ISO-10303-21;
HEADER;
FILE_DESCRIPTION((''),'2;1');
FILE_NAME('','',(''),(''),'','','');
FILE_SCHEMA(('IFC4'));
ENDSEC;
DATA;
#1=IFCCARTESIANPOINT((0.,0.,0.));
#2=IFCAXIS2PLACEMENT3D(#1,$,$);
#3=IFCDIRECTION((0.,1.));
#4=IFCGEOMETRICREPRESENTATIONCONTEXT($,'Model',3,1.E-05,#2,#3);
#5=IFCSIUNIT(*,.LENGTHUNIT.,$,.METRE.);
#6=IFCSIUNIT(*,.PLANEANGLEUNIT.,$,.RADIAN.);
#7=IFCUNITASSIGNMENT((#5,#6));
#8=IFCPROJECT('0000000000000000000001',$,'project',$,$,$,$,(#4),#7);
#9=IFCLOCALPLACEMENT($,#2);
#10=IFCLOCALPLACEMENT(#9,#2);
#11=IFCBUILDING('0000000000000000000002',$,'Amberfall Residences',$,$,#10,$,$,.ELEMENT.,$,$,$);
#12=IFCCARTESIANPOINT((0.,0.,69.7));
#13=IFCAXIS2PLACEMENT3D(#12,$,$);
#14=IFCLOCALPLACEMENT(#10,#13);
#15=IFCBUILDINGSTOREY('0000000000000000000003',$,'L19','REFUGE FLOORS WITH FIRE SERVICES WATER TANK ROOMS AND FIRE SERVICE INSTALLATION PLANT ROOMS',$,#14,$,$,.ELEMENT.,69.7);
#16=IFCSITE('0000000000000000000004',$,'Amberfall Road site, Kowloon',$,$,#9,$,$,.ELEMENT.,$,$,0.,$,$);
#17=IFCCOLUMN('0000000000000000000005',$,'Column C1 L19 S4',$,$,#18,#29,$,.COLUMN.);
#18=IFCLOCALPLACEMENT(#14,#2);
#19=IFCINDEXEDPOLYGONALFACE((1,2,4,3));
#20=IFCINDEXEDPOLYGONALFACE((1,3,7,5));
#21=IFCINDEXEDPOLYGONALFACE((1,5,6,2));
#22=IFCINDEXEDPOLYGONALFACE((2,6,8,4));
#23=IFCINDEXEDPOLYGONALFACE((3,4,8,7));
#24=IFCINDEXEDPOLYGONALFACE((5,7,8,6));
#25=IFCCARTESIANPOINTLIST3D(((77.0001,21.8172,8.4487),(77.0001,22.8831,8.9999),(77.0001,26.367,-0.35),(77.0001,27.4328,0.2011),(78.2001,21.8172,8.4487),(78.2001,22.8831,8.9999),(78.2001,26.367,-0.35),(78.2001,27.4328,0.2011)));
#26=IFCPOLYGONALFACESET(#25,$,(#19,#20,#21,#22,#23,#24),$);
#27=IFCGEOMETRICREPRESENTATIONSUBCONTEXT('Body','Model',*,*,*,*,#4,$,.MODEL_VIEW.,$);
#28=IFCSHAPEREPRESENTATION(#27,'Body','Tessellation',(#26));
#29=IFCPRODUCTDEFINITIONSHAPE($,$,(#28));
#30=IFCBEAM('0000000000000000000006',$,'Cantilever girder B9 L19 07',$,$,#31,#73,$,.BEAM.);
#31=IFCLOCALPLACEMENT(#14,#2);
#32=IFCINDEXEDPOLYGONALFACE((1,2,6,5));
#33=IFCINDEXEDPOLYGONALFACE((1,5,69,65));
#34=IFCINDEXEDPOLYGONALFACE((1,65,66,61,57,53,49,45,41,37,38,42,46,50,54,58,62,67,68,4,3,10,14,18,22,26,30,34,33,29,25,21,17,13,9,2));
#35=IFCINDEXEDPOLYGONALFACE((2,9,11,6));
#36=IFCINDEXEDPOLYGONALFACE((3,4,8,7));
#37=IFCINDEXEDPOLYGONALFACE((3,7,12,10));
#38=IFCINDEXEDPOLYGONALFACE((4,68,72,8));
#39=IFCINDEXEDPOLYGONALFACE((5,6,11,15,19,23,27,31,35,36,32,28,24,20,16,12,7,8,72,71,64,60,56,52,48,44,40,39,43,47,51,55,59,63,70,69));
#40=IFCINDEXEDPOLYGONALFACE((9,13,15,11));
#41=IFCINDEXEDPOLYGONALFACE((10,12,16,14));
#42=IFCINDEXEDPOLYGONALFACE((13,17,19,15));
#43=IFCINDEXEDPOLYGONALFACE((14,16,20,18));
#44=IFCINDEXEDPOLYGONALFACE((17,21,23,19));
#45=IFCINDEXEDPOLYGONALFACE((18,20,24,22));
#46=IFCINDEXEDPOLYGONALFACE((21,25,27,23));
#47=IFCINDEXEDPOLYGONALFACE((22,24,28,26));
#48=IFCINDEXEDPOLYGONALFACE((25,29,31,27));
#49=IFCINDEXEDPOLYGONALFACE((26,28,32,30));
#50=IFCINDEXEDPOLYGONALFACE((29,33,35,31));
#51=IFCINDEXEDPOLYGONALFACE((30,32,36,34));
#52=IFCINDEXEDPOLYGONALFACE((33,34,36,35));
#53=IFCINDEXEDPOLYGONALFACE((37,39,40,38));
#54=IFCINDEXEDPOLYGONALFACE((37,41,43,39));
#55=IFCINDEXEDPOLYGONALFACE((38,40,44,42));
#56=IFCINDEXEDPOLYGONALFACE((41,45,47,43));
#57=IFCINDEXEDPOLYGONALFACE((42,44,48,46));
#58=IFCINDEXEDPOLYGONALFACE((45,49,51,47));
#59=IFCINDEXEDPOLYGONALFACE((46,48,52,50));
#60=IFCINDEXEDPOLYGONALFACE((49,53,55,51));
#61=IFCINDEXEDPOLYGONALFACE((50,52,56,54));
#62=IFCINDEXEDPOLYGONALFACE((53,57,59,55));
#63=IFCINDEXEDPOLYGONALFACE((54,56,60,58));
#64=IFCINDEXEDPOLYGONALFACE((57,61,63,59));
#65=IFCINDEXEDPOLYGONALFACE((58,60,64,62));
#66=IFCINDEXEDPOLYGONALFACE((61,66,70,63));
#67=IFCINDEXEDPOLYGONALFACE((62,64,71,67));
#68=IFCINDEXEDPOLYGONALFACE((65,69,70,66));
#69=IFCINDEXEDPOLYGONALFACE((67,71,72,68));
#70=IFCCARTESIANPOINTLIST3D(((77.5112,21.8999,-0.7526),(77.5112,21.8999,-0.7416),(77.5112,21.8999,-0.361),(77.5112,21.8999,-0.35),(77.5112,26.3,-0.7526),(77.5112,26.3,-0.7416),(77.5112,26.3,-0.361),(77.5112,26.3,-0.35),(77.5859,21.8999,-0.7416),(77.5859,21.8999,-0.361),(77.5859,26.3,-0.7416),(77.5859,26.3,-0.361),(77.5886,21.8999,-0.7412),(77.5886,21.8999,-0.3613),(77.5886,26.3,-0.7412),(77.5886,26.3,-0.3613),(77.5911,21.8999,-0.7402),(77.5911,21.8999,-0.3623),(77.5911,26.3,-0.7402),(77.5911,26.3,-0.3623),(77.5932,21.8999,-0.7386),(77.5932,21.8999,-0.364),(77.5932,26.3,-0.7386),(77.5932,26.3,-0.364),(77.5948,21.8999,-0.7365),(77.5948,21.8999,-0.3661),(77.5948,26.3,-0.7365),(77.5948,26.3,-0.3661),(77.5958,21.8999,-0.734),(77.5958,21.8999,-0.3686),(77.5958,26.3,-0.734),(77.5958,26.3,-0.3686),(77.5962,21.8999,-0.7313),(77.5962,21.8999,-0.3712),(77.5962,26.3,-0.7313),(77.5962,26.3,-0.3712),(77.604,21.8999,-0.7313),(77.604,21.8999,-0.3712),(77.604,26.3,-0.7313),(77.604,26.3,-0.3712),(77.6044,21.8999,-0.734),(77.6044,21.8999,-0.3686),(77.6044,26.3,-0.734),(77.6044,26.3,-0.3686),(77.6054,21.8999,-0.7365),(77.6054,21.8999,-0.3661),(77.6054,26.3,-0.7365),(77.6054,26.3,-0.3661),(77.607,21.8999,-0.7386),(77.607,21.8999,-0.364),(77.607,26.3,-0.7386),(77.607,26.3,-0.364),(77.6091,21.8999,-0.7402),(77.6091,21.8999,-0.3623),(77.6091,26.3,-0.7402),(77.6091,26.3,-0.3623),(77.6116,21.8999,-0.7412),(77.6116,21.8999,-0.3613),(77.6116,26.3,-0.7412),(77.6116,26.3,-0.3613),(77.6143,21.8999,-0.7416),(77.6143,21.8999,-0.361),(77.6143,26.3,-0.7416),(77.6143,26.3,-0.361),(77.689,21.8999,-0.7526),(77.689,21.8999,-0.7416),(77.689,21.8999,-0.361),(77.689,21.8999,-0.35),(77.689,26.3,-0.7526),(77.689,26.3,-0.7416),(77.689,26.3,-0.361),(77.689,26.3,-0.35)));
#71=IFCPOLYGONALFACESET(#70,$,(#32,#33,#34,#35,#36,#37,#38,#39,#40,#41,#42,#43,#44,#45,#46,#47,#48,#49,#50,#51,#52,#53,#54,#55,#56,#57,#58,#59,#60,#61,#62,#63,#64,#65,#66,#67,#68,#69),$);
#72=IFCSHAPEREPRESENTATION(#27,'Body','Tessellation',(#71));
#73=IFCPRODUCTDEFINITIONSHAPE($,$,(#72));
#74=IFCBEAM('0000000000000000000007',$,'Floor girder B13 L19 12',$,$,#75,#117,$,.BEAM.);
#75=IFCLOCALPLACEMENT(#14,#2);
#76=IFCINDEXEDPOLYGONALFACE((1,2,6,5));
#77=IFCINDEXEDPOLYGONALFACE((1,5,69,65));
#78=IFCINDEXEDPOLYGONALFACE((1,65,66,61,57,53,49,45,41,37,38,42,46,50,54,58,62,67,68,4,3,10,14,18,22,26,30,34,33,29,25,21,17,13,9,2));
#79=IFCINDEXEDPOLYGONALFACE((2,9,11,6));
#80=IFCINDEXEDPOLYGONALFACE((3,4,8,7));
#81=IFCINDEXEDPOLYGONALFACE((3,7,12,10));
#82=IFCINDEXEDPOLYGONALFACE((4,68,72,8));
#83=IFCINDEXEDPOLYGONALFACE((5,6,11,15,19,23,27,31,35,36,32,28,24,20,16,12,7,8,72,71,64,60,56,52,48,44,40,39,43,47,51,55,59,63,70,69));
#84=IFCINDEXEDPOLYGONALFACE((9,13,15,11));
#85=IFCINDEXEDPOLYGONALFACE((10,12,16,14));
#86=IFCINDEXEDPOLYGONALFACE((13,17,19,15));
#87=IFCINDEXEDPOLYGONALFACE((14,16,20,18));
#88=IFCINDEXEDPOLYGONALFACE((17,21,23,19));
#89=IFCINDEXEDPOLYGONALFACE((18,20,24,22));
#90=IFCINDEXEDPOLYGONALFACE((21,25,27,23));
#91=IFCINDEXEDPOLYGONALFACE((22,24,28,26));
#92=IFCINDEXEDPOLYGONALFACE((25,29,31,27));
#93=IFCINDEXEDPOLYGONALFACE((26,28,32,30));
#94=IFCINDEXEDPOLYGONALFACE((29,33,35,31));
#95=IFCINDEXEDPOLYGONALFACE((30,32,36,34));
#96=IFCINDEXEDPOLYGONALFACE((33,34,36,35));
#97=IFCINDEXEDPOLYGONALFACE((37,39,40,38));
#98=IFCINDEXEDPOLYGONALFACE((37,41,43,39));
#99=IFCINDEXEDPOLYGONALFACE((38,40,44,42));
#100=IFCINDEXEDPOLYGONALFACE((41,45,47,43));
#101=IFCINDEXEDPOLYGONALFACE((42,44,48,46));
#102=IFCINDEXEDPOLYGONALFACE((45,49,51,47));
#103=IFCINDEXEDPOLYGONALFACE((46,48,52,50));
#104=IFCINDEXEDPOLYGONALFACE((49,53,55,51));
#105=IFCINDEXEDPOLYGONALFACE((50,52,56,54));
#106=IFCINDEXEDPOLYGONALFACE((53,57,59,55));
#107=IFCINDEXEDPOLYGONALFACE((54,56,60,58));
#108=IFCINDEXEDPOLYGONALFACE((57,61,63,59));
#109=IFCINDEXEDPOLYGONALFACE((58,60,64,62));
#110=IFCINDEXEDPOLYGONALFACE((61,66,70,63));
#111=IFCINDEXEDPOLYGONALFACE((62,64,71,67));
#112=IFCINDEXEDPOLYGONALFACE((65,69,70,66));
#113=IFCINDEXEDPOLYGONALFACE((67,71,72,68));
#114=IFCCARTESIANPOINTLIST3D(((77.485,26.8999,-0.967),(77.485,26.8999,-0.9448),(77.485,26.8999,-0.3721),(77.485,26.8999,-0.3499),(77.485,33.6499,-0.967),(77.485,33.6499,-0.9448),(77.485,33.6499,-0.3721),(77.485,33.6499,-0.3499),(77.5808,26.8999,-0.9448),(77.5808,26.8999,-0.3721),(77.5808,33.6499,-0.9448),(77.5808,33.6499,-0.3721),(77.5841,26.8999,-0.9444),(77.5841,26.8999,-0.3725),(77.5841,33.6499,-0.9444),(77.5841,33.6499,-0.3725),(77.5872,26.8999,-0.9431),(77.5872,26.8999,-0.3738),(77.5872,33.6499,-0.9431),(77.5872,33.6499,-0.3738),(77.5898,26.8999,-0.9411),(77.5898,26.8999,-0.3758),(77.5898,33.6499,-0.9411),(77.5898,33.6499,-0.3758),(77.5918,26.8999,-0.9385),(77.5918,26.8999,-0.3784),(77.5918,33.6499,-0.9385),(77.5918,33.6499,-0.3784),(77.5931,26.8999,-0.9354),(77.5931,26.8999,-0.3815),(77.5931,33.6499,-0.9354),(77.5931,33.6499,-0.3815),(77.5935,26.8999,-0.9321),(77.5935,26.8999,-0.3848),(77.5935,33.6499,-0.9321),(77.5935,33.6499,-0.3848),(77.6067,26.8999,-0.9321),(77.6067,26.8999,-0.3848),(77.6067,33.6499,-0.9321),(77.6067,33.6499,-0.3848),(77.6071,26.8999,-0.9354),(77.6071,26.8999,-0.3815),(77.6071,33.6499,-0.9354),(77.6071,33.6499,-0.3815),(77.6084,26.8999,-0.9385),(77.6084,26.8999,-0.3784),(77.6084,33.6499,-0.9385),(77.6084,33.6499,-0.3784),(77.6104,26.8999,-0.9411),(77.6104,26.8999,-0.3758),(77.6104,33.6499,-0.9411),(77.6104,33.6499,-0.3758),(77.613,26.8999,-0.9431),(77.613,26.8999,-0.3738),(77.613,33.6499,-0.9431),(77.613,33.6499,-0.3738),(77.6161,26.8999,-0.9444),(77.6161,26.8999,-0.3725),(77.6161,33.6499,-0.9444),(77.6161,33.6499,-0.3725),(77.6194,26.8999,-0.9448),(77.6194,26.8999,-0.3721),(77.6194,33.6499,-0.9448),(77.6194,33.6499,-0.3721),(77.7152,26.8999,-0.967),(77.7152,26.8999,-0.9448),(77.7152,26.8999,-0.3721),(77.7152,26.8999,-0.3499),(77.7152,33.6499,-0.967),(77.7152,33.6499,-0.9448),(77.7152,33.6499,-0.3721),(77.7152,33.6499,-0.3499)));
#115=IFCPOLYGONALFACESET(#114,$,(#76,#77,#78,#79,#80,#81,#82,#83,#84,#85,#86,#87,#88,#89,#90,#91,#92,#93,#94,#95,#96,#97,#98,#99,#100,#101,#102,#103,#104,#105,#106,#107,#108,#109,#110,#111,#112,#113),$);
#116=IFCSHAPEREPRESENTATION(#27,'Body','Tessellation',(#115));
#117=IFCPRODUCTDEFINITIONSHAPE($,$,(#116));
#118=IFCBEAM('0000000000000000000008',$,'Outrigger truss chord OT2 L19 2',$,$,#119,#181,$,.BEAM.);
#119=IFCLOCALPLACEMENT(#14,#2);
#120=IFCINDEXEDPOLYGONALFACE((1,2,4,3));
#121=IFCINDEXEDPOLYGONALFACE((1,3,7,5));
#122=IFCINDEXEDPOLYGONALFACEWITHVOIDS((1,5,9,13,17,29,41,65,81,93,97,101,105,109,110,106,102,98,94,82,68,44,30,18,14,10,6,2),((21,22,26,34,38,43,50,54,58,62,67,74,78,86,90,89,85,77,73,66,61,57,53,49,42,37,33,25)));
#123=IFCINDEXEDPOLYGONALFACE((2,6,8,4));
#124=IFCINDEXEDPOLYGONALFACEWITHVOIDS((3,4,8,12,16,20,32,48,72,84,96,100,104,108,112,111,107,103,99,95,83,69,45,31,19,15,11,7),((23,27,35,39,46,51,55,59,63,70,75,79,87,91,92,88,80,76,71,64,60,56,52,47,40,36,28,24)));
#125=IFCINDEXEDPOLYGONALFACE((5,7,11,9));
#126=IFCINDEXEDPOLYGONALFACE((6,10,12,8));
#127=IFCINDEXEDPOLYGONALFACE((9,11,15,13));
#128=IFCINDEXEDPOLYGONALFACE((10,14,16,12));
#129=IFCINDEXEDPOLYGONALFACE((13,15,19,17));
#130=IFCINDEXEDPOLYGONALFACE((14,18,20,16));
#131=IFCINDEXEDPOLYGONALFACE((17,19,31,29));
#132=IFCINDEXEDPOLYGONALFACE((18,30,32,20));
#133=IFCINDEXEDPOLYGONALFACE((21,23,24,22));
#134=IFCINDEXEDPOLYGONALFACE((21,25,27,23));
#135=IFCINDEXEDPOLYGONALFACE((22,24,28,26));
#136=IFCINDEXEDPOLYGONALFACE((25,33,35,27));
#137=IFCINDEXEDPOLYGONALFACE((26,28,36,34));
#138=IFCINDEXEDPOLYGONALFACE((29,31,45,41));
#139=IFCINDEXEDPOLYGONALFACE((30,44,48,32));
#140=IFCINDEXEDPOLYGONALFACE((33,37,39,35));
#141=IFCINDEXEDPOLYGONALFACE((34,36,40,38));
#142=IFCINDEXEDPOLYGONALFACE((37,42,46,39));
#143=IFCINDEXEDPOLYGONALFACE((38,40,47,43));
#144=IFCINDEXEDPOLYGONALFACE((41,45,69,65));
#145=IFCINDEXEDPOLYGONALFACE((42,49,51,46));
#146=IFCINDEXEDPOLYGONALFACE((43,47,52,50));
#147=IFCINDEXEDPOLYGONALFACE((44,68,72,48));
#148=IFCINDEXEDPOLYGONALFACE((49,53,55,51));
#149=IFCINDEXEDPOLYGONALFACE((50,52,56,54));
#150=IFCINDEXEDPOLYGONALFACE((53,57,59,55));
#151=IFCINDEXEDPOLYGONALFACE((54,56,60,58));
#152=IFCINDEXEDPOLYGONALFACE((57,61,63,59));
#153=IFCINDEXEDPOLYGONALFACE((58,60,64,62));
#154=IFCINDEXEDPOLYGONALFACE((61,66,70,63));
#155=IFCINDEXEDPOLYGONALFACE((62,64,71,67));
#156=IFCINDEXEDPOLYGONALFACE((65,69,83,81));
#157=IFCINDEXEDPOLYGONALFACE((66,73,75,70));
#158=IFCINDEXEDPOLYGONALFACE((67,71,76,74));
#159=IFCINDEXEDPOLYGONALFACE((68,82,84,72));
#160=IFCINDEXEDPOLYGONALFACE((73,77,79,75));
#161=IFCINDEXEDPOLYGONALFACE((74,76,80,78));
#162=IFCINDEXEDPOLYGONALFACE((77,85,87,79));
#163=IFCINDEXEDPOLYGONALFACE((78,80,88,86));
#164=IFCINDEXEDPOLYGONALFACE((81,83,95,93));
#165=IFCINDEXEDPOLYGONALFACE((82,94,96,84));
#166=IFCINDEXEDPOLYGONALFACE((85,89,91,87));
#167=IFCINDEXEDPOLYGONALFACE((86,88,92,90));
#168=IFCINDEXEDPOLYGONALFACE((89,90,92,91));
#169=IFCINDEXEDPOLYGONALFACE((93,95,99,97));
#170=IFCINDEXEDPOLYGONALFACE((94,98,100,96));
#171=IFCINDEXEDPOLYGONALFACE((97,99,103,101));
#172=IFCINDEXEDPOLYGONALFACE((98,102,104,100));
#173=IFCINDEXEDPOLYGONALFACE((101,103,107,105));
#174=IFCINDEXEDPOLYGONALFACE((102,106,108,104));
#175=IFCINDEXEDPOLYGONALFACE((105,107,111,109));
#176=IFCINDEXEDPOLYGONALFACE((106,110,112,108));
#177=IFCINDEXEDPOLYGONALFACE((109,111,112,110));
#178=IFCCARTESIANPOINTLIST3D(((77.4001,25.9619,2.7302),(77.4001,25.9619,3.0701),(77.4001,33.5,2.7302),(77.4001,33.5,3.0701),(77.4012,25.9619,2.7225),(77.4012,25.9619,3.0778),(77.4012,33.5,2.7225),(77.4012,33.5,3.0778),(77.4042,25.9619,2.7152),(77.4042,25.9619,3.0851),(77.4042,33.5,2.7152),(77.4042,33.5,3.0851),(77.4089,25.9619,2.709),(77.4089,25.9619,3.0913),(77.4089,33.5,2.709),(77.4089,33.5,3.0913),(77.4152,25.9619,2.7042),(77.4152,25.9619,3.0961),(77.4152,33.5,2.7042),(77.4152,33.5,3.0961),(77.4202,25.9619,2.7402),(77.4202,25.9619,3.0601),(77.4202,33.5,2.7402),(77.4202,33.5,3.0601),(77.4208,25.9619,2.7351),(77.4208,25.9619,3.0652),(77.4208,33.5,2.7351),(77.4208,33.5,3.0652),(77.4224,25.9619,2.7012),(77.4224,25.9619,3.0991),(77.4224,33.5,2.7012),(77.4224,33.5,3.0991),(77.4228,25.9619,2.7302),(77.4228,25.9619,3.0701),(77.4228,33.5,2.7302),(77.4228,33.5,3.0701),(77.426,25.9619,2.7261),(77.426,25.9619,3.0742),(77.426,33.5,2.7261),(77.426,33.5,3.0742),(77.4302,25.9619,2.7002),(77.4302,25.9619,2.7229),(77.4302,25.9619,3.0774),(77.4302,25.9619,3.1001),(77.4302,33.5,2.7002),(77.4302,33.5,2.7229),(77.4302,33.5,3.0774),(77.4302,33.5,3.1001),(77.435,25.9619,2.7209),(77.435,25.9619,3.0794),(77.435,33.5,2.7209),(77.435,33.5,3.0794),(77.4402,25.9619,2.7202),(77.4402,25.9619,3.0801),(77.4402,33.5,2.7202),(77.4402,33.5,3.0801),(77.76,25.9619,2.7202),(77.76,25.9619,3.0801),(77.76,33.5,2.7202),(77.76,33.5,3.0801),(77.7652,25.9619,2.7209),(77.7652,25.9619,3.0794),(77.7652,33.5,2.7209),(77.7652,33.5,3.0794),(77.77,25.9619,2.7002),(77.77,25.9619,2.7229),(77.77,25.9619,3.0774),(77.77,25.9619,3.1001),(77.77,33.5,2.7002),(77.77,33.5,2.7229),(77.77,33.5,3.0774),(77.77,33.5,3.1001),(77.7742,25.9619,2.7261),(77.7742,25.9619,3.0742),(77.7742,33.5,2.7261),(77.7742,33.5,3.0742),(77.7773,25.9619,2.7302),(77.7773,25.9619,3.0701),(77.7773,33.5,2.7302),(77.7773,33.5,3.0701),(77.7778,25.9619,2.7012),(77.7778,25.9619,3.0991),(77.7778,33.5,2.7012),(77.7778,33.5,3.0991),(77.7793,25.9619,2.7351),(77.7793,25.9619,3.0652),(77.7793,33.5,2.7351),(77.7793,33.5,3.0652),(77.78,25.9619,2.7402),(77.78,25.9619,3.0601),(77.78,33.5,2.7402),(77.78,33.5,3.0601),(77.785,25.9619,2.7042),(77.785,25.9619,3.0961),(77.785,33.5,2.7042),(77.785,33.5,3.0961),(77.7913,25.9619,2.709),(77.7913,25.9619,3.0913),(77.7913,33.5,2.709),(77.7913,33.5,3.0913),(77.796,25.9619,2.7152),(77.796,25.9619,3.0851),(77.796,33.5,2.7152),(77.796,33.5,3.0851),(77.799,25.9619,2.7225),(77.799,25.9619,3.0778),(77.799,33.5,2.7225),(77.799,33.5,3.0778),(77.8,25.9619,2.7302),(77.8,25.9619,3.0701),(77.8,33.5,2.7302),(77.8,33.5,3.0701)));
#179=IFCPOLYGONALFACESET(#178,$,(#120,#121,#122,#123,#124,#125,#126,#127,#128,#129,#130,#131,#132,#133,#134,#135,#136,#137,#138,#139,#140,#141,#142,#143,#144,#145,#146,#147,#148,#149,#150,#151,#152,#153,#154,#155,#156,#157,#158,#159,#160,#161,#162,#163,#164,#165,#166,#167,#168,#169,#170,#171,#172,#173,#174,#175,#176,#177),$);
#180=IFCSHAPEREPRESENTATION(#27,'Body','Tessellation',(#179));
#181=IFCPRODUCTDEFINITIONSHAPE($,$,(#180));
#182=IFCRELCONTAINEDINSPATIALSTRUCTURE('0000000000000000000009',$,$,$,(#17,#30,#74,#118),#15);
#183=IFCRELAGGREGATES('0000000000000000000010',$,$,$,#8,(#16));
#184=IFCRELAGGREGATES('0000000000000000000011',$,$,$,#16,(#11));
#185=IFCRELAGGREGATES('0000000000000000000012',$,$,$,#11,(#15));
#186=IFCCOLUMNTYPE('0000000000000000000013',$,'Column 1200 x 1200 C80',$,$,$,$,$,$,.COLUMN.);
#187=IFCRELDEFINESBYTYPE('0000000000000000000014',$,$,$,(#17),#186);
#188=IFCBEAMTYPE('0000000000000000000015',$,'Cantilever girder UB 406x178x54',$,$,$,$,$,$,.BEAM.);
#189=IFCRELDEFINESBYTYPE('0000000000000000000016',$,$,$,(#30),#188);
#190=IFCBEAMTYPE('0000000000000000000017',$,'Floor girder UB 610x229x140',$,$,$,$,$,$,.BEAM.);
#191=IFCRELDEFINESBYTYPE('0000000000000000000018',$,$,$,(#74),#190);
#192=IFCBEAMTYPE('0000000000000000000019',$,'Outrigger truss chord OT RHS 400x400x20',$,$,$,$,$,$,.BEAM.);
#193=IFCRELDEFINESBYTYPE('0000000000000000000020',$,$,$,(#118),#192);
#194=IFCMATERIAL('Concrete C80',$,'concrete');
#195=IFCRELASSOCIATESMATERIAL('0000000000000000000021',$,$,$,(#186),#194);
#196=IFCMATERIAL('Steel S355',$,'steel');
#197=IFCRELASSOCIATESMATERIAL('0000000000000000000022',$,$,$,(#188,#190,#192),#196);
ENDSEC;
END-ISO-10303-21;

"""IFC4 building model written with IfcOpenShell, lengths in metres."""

from ifc_helpers import new_model, si_unit, direction, frame, origin, origin_2d, place, context, subcontext, project, spatial, rectangle, hollow_rectangle, i_section, extrude, material, material_profile, profile_set, type_object, element, save


model = new_model("IFC4")

# Units and contexts
model_context = context("Model", 3, precision=1e-05, world=origin(), true_north=direction((0.0, 1.0)))
body_context = subcontext(model_context, "Body", "Model", "MODEL_VIEW")
ifc_project = project(units=[si_unit("LENGTHUNIT", "METRE"), si_unit("PLANEANGLEUNIT", "RADIAN")], contexts=[model_context])

# Site, building, storey
site_placement = place(None, origin())
site = spatial("IfcSite", under=ifc_project, at=site_placement, Name="Amberfall Road site, Kowloon", CompositionType="ELEMENT", RefElevation=0.0)
building_placement = place(site_placement, origin())
building = spatial("IfcBuilding", under=site, at=building_placement, Name="Amberfall Residences", CompositionType="ELEMENT")
storey_placement = place(building_placement, frame((0.0, 0.0, 69.7)))
storey = spatial("IfcBuildingStorey", under=building, at=storey_placement, Name="L19", Description="REFUGE FLOORS WITH FIRE SERVICES WATER TANK ROOMS AND FIRE SERVICE INSTALLATION PLANT ROOMS", CompositionType="ELEMENT", Elevation=69.7)

# Column
ifc_material_1 = material(Name="Concrete C80", Category="concrete")
ifc_material_profile_1 = material_profile(ifc_material_1, rectangle(XDim=1.2, YDim=1.2, at=origin_2d()), Name="Column 1200 x 1200 C80")
ifc_profile_set_1 = profile_set([ifc_material_profile_1], Name="Concrete C80")
column_type = type_object("IfcColumnType", Name="Column 1200 x 1200 C80", PredefinedType="COLUMN", material=ifc_profile_set_1)
column_placement = place(storey_placement, frame((77.6001, 26.8999, -0.0745), z_axis=(0.0, -0.459318, 0.888272), x_axis=(1.0, 0.0, 0.0)))
element("IfcColumn", 1, at=column_placement, inside=storey, type_object=column_type, Name="Column C1 L19 S4", PredefinedType="COLUMN", context=body_context, shape_type="SweptSolid", body=[
    extrude(rectangle(XDim=1.2, YDim=1.2, at=origin_2d()), origin(), (0.0, 0.0, 1.0), 9.9055),
])

# Beams
ifc_material_2 = material(Name="Steel S355", Category="steel")
ifc_material_profile_2 = material_profile(ifc_material_2, i_section(OverallWidth=0.1777, OverallDepth=0.4026, WebThickness=0.0078, FlangeThickness=0.011, FilletRadius=0.0103, at=origin_2d()), Name="UB 406x178x54")
ifc_profile_set_2 = profile_set([ifc_material_profile_2], Name="Steel S355")
beam_type_1 = type_object("IfcBeamType", Name="Cantilever girder UB 406x178x54", PredefinedType="BEAM", material=ifc_profile_set_2)
beam_1_placement = place(storey_placement, frame((77.6001, 26.3, -0.5513), z_axis=(0.0, -1.0, 0.0), x_axis=(1.0, 0.0, 0.0)))
element("IfcBeam", 2, at=beam_1_placement, inside=storey, type_object=beam_type_1, Name="Cantilever girder B9 L19 07", PredefinedType="BEAM", context=body_context, shape_type="SweptSolid", body=[
    extrude(i_section(OverallWidth=0.1777, OverallDepth=0.4026, WebThickness=0.0078, FlangeThickness=0.011, FilletRadius=0.0103, at=origin_2d()), origin(), (0.0, 0.0, 1.0), 4.4001),
])
ifc_material_profile_3 = material_profile(ifc_material_2, i_section(OverallWidth=0.2302, OverallDepth=0.6172, WebThickness=0.0132, FlangeThickness=0.0222, FilletRadius=0.0127, at=origin_2d()), Name="UB 610x229x140")
ifc_profile_set_3 = profile_set([ifc_material_profile_3], Name="Steel S355")
beam_type_2 = type_object("IfcBeamType", Name="Floor girder UB 610x229x140", PredefinedType="BEAM", material=ifc_profile_set_3)
beam_2_placement = place(storey_placement, frame((77.6001, 26.8999, -0.6584), z_axis=(0.0, 1.0, 0.0), x_axis=(-1.0, 0.0, 0.0)))
element("IfcBeam", 3, at=beam_2_placement, inside=storey, type_object=beam_type_2, Name="Floor girder B13 L19 12", PredefinedType="BEAM", context=body_context, shape_type="SweptSolid", body=[
    extrude(i_section(OverallWidth=0.2302, OverallDepth=0.6172, WebThickness=0.0132, FlangeThickness=0.0222, FilletRadius=0.0127, at=origin_2d()), origin(), (0.0, 0.0, 1.0), 6.75),
])
ifc_material_profile_4 = material_profile(ifc_material_2, hollow_rectangle(XDim=0.3999, YDim=0.3999, WallThickness=0.02, InnerFilletRadius=0.02, OuterFilletRadius=0.03, at=origin_2d()), Name="RHS 400x400x20")
ifc_profile_set_4 = profile_set([ifc_material_profile_4], Name="Steel S355")
beam_type_3 = type_object("IfcBeamType", Name="Outrigger truss chord OT RHS 400x400x20", PredefinedType="BEAM", material=ifc_profile_set_4)
beam_3_placement = place(storey_placement, frame((77.6001, 25.9619, 2.9001), z_axis=(0.0, 1.0, 0.0), x_axis=(-1.0, 0.0, 0.0)))
element("IfcBeam", 4, at=beam_3_placement, inside=storey, type_object=beam_type_3, Name="Outrigger truss chord OT2 L19 2", PredefinedType="BEAM", context=body_context, shape_type="SweptSolid", body=[
    extrude(hollow_rectangle(XDim=0.3999, YDim=0.3999, WallThickness=0.02, InnerFilletRadius=0.02, OuterFilletRadius=0.03, at=origin_2d()), origin(), (0.0, 0.0, 1.0), 7.5381),
])

save(model, "model.ifc")
